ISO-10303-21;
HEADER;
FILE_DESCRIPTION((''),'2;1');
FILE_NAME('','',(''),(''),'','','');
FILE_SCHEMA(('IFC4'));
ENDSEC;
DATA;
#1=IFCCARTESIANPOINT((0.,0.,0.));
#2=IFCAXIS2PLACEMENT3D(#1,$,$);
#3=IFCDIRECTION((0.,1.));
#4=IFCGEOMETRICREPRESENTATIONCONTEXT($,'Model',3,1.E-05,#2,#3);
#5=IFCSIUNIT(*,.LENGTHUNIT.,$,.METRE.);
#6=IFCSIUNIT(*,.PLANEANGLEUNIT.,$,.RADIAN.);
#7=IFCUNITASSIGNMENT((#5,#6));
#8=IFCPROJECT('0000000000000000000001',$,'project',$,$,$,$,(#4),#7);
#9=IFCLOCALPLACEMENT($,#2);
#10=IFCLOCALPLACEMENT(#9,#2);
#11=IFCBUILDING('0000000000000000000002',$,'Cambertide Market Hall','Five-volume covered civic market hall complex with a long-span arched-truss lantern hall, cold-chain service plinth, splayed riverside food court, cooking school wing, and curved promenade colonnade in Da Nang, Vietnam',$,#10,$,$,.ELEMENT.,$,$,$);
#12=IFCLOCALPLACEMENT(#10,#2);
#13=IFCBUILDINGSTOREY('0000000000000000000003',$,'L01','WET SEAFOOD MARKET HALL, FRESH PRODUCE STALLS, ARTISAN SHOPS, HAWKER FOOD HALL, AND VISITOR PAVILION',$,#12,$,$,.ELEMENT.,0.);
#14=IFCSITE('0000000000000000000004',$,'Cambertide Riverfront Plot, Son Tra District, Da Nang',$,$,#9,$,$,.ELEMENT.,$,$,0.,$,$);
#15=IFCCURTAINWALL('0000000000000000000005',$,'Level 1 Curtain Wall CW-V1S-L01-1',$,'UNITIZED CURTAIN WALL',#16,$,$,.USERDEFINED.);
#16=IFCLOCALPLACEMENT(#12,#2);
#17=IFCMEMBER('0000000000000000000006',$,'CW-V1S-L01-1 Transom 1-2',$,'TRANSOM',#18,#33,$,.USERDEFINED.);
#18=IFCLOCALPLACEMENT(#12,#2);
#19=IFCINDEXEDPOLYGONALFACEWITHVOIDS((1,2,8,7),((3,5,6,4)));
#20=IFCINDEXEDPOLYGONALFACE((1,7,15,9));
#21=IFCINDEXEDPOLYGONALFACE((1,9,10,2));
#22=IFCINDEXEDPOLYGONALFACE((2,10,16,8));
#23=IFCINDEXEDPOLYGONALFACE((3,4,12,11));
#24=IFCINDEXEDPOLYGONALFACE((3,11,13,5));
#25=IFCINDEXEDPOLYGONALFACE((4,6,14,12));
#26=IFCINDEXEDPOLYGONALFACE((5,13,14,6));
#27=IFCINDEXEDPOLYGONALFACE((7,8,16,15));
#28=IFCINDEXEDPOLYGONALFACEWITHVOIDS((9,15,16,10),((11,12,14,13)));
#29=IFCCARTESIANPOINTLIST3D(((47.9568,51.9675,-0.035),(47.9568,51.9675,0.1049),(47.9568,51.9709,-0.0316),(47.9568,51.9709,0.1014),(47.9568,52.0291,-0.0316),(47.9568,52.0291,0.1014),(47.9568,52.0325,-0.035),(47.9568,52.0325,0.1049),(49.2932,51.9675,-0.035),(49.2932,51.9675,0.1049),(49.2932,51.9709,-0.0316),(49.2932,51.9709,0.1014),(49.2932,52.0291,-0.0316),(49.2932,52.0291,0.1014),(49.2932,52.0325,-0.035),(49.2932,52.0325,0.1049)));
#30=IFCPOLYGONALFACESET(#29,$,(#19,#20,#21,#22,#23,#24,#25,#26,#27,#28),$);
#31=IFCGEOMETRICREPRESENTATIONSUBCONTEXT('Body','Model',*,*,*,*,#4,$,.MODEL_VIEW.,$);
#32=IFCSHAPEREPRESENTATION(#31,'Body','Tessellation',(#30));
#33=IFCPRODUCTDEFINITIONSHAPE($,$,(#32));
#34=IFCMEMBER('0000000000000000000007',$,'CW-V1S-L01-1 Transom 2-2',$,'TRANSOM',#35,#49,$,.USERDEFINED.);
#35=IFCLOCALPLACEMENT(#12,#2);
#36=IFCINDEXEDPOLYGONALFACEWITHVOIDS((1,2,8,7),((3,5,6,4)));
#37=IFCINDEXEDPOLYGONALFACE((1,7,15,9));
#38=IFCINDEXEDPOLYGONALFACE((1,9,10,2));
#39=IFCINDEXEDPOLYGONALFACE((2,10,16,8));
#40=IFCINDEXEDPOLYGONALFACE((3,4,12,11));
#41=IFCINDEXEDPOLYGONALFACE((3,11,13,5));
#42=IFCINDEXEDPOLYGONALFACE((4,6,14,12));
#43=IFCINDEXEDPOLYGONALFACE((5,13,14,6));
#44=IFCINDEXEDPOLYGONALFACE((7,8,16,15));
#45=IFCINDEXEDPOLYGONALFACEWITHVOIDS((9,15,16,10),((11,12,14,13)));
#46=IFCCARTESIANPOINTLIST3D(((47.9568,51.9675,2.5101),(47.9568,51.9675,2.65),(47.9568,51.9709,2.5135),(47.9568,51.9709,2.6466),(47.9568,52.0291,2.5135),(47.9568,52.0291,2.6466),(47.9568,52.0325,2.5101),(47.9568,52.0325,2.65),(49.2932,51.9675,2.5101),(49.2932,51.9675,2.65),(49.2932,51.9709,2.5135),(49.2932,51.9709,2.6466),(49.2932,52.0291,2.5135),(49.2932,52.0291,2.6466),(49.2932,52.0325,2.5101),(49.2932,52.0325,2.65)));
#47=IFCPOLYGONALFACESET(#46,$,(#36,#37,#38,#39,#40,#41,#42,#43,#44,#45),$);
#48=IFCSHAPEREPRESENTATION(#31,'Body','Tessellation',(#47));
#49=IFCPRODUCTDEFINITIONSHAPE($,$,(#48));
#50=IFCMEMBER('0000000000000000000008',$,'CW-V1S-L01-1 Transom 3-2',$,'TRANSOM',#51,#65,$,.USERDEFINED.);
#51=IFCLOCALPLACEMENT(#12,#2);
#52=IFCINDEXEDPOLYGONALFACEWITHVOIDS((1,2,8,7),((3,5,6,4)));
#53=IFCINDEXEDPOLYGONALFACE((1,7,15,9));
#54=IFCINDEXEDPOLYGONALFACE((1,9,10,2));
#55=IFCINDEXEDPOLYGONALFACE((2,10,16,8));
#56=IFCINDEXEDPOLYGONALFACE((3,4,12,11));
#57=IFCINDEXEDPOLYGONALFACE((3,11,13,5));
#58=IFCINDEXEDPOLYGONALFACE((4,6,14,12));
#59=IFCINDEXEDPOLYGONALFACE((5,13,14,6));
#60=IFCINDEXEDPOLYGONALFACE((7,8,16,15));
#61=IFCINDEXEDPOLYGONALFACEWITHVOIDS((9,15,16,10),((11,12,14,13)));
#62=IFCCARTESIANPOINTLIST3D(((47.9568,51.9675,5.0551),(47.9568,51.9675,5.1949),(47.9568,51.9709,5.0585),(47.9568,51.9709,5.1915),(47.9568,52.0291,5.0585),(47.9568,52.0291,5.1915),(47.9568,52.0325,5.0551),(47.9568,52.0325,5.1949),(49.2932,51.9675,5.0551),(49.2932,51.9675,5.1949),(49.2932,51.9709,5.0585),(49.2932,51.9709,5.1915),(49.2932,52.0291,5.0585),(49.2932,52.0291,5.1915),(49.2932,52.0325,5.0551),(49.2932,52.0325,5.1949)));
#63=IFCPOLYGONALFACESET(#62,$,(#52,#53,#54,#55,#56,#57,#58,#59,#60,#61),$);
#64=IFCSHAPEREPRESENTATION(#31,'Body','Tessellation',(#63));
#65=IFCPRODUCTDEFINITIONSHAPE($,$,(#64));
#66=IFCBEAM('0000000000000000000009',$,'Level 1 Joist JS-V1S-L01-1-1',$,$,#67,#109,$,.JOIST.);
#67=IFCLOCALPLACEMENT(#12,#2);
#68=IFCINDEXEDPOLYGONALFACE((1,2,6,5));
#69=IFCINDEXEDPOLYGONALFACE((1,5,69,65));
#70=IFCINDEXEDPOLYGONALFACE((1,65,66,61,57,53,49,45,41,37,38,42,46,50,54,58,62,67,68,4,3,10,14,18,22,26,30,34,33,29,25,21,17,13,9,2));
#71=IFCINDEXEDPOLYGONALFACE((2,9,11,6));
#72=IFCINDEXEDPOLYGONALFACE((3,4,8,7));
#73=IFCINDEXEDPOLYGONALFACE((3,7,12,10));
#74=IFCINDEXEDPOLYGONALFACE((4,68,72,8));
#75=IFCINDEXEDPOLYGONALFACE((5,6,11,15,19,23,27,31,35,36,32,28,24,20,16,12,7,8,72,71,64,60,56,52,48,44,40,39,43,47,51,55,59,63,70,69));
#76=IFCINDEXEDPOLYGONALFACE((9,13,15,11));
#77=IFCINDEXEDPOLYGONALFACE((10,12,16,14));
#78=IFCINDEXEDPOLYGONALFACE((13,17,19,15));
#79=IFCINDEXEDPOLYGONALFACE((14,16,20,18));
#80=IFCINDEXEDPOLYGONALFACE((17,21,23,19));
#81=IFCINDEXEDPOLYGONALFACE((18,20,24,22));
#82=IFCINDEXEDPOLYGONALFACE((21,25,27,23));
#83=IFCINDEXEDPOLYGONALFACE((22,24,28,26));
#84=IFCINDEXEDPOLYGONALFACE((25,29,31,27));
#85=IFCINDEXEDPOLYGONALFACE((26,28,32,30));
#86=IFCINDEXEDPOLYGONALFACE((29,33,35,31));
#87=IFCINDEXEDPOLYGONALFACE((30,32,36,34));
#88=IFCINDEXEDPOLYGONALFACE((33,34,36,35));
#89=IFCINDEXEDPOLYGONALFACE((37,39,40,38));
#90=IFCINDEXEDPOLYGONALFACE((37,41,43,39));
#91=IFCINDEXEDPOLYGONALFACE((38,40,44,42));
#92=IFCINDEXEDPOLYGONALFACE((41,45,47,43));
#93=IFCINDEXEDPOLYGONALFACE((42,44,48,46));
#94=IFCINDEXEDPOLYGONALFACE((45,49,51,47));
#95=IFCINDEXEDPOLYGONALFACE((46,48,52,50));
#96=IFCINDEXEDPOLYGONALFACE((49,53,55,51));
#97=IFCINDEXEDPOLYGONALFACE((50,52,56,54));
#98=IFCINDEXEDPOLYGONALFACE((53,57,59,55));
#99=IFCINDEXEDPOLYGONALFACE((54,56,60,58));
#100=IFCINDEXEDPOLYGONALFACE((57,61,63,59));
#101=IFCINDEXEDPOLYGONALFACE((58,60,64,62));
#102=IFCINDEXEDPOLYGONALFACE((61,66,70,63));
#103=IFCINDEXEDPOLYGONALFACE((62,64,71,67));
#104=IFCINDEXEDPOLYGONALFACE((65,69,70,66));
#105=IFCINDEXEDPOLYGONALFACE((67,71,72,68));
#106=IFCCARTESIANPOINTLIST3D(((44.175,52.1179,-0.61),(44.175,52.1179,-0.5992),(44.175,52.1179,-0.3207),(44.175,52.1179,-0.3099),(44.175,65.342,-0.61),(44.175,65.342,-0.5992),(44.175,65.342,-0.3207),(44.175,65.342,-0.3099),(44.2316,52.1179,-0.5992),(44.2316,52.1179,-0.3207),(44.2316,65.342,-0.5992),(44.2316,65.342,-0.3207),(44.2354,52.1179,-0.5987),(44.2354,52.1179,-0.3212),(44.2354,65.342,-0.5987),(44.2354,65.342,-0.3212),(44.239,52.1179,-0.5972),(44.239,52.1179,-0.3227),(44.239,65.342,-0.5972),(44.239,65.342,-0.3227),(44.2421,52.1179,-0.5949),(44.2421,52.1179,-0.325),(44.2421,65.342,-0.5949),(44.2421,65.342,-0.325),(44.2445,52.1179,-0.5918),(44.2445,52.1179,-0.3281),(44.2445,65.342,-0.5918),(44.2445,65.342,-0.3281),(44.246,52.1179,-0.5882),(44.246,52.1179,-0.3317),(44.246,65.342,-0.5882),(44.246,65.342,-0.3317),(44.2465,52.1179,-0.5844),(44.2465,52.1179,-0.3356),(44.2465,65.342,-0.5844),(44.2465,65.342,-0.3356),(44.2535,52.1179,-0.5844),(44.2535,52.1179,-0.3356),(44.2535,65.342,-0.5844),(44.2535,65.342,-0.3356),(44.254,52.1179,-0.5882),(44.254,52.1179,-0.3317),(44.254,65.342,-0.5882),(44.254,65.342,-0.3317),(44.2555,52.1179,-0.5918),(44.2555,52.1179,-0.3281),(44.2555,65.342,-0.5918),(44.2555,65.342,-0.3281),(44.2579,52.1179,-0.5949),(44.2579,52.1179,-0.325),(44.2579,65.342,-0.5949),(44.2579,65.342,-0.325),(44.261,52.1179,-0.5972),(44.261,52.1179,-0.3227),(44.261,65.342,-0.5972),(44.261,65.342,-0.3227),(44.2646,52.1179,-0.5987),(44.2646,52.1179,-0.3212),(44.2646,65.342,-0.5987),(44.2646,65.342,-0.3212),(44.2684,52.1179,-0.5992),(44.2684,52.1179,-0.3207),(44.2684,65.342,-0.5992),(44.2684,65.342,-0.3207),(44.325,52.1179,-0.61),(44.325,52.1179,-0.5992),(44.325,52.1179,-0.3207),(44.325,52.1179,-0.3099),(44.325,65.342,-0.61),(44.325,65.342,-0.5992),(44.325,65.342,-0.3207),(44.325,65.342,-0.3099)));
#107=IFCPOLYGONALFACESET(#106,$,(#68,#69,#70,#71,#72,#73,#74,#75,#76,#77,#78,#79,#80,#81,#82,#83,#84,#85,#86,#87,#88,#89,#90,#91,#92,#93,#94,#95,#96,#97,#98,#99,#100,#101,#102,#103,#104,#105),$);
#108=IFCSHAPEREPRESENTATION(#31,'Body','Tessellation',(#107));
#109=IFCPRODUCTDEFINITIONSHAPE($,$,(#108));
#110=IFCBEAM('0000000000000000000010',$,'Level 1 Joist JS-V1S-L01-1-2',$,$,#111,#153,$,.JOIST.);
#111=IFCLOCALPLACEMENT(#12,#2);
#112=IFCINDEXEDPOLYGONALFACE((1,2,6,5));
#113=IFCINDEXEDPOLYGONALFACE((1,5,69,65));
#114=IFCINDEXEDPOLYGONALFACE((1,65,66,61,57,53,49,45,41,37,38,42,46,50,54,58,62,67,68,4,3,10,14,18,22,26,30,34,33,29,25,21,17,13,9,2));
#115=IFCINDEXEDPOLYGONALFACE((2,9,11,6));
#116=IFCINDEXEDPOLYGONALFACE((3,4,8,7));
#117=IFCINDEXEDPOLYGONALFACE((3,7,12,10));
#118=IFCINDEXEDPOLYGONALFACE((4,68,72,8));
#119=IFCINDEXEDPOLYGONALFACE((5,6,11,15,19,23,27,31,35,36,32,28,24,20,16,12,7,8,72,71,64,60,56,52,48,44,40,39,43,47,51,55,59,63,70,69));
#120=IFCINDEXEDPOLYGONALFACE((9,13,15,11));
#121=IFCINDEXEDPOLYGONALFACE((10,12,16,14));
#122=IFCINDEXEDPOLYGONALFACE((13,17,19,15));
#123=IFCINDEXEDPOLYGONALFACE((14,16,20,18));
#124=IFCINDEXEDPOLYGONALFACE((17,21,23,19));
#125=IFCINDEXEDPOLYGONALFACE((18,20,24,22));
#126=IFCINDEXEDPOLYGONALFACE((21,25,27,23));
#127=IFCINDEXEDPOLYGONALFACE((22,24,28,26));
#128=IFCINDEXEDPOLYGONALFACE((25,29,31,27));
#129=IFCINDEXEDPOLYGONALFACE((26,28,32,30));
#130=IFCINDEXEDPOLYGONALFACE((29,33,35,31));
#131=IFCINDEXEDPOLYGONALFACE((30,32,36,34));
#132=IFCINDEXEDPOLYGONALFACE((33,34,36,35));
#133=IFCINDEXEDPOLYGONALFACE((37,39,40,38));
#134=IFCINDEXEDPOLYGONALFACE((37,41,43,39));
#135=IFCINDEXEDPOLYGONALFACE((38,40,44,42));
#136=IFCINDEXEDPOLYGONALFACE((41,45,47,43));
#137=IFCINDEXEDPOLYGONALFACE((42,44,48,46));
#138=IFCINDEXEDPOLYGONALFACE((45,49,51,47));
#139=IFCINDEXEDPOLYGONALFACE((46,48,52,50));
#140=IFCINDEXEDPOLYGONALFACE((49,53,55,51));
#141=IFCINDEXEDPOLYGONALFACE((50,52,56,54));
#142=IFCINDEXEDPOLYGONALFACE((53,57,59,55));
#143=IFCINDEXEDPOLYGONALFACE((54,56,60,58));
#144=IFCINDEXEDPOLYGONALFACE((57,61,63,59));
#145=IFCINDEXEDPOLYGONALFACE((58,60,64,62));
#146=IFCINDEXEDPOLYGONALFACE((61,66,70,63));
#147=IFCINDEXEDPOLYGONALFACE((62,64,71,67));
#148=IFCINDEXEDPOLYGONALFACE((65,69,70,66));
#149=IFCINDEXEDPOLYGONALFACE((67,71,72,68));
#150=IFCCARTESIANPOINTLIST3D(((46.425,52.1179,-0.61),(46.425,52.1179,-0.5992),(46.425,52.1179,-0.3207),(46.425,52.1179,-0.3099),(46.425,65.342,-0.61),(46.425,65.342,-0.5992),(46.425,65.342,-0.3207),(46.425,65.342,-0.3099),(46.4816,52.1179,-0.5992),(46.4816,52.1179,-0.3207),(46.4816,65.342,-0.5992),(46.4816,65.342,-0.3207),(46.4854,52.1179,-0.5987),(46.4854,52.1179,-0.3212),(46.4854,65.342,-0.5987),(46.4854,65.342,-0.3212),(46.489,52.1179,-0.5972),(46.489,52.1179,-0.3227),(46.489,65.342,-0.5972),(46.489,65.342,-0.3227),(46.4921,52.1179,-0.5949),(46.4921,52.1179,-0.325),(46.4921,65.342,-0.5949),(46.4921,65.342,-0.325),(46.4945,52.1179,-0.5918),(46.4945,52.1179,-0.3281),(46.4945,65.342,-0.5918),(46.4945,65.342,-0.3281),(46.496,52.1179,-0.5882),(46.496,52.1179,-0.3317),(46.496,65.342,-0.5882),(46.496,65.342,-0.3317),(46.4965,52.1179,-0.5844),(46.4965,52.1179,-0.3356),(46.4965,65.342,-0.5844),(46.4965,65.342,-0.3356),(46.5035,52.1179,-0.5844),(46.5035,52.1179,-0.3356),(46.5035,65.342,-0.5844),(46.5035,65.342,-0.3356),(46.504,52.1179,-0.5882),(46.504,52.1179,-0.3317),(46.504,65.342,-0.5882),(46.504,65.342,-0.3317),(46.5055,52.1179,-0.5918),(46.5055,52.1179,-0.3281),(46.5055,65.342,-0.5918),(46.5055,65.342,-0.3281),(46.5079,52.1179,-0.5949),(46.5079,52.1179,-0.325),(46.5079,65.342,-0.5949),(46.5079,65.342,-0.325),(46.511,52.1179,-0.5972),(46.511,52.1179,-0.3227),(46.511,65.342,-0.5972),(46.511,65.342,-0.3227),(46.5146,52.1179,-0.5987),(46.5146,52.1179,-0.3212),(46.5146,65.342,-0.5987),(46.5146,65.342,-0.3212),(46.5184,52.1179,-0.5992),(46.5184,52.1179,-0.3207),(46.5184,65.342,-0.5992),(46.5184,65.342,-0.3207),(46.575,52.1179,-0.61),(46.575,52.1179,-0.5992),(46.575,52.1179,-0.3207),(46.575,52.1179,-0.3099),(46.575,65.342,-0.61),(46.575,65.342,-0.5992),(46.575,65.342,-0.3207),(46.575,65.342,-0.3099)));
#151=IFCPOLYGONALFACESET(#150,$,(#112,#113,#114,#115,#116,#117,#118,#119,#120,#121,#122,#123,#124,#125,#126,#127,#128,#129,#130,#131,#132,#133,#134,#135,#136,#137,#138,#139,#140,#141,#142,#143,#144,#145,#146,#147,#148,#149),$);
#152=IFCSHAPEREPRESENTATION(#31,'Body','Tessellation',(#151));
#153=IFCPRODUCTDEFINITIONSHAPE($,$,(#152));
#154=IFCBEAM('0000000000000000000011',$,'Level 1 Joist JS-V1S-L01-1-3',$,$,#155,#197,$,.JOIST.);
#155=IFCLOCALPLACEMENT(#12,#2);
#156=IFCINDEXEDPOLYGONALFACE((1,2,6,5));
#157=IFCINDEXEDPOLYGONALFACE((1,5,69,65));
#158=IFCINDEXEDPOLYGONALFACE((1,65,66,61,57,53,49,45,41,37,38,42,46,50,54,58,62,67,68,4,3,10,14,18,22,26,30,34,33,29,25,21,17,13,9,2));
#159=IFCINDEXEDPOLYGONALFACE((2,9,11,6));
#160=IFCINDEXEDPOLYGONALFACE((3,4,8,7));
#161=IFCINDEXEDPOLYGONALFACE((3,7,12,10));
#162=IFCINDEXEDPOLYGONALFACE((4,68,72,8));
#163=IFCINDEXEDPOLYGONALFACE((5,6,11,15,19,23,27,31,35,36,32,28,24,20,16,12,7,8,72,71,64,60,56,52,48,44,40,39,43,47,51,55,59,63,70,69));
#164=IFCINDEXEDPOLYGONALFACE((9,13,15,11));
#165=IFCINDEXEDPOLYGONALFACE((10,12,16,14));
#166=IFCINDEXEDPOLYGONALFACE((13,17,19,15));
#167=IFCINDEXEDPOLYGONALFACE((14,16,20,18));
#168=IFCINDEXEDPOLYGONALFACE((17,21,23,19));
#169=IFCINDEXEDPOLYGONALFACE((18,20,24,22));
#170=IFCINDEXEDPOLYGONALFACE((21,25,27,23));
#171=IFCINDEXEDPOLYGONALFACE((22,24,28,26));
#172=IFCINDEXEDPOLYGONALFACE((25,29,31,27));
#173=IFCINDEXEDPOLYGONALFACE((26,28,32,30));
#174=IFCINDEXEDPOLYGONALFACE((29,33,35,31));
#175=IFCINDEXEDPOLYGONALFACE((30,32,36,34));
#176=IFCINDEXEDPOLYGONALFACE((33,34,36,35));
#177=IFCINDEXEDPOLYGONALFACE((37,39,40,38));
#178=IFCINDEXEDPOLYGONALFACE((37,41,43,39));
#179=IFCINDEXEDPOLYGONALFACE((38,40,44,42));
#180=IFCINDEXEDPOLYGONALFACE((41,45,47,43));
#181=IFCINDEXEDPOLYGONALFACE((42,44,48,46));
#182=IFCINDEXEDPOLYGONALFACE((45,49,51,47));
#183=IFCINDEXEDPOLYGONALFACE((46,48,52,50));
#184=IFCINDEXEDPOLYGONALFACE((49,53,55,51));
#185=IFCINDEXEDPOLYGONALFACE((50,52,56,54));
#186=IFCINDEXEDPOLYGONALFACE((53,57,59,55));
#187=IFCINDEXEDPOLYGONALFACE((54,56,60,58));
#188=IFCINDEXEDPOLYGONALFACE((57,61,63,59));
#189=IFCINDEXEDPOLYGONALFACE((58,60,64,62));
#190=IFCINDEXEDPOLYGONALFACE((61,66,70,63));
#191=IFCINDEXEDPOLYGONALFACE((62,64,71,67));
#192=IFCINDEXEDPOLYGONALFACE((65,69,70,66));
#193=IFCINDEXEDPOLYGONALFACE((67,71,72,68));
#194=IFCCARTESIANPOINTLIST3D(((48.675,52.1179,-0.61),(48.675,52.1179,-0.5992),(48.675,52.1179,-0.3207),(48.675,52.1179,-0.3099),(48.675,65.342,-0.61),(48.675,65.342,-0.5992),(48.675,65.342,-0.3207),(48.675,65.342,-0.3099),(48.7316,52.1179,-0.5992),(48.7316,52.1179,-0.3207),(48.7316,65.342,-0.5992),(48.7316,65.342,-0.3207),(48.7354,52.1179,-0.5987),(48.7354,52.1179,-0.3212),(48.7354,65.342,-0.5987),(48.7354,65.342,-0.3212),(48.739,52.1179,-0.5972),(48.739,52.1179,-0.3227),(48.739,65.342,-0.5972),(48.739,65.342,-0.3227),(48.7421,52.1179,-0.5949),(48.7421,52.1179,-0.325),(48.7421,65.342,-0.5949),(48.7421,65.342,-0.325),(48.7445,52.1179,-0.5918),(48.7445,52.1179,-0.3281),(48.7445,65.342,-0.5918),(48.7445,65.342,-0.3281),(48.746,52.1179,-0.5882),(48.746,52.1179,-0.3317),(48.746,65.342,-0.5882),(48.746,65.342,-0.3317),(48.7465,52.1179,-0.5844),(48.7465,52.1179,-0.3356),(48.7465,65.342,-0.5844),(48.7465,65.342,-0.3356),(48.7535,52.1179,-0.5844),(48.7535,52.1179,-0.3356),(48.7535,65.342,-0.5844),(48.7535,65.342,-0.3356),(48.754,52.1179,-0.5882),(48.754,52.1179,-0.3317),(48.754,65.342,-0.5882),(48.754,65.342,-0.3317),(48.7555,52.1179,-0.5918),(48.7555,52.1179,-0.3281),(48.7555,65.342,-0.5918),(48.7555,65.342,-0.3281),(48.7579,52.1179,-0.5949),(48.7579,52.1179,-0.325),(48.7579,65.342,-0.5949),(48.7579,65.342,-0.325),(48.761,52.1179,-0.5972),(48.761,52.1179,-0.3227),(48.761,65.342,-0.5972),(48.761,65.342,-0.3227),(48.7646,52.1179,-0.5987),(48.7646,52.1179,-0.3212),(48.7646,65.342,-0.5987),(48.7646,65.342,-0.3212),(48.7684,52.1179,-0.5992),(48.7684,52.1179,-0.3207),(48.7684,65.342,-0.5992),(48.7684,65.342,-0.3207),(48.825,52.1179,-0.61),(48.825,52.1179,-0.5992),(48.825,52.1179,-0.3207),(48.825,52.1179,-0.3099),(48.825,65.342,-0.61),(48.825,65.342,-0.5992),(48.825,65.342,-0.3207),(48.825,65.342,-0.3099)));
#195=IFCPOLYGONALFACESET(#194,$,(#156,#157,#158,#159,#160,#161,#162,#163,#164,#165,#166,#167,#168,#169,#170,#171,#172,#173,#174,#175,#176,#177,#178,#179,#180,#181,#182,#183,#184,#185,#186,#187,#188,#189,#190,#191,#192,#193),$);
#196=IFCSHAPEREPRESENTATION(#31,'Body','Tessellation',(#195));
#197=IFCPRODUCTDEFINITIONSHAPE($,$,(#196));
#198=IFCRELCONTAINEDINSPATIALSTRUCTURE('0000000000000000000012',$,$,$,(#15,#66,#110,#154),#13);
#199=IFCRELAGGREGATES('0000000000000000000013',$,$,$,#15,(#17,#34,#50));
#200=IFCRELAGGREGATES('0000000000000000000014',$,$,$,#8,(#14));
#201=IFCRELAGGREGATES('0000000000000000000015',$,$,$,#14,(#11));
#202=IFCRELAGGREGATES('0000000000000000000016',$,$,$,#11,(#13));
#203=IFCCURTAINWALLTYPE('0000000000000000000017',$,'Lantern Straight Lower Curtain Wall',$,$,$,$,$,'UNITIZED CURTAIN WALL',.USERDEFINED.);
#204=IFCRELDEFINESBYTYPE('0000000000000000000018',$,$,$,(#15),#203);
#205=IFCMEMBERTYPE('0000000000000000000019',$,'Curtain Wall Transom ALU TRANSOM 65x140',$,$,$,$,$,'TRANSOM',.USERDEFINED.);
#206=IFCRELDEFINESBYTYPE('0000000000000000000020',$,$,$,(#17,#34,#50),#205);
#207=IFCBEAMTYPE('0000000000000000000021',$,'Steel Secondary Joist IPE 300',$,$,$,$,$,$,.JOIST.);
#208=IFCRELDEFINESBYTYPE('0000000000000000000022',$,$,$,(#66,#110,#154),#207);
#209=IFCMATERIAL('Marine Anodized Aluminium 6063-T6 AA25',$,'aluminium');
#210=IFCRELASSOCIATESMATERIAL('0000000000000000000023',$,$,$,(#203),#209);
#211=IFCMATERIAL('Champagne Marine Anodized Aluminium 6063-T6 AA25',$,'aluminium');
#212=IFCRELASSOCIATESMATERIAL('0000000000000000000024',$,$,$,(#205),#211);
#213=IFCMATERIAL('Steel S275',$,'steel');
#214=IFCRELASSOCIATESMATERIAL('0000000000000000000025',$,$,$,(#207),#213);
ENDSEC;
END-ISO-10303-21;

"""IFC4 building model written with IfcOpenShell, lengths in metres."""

from ifc_helpers import new_model, si_unit, direction, frame, origin, origin_2d, place, context, subcontext, project, spatial, hollow_rectangle, i_section, extrude, material, material_profile, profile_set, type_object, element, aggregate, save


model = new_model("IFC4")

# Units and contexts
model_context = context("Model", 3, precision=1e-05, world=origin(), true_north=direction((0.0, 1.0)))
body_context = subcontext(model_context, "Body", "Model", "MODEL_VIEW")
ifc_project = project(units=[si_unit("LENGTHUNIT", "METRE"), si_unit("PLANEANGLEUNIT", "RADIAN")], contexts=[model_context])

# Site, building, storey
site_placement = place(None, origin())
site = spatial("IfcSite", under=ifc_project, at=site_placement, Name="Cambertide Riverfront Plot, Son Tra District, Da Nang", CompositionType="ELEMENT", RefElevation=0.0)
building_placement = place(site_placement, origin())
building = spatial("IfcBuilding", under=site, at=building_placement, Name="Cambertide Market Hall", Description="Five-volume covered civic market hall complex with a long-span arched-truss lantern hall, cold-chain service plinth, splayed riverside food court, cooking school wing, and curved promenade colonnade in Da Nang, Vietnam", CompositionType="ELEMENT")
storey_placement = place(building_placement, origin())
storey = spatial("IfcBuildingStorey", under=building, at=storey_placement, Name="L01", Description="WET SEAFOOD MARKET HALL, FRESH PRODUCE STALLS, ARTISAN SHOPS, HAWKER FOOD HALL, AND VISITOR PAVILION", CompositionType="ELEMENT", Elevation=0.0)

# Curtain wall
ifc_material_1 = material(Name="Marine Anodized Aluminium 6063-T6 AA25", Category="aluminium")
curtain_wall_type_1 = type_object("IfcCurtainWallType", Name="Lantern Straight Lower Curtain Wall", ElementType="UNITIZED CURTAIN WALL", PredefinedType="USERDEFINED", material=ifc_material_1)
curtain_wall_1_placement = place(storey_placement, origin())
curtain_wall_1 = element("IfcCurtainWall", 1, at=curtain_wall_1_placement, inside=storey, type_object=curtain_wall_type_1, Name="Level 1 Curtain Wall CW-V1S-L01-1", ObjectType="UNITIZED CURTAIN WALL", PredefinedType="USERDEFINED")

# Members
ifc_material_2 = material(Name="Champagne Marine Anodized Aluminium 6063-T6 AA25", Category="aluminium")
ifc_material_profile_1 = material_profile(ifc_material_2, hollow_rectangle(XDim=0.0649, YDim=0.1399, WallThickness=0.0034, at=origin_2d()), Name="ALU TRANSOM 65x140")
ifc_profile_set_1 = profile_set([ifc_material_profile_1], Name="Champagne Marine Anodized Aluminium 6063-T6 AA25")
member_type_1 = type_object("IfcMemberType", Name="Curtain Wall Transom ALU TRANSOM 65x140", ElementType="TRANSOM", PredefinedType="USERDEFINED", material=ifc_profile_set_1)
member_1_placement = place(storey_placement, frame((49.2932, 52.0, 0.0349), z_axis=(-1.0, 0.0, 0.0), x_axis=(0.0, -1.0, 0.0)))
member_1 = element("IfcMember", 2, at=member_1_placement, type_object=member_type_1, Name="CW-V1S-L01-1 Transom 1-2", ObjectType="TRANSOM", PredefinedType="USERDEFINED", context=body_context, shape_type="SweptSolid", body=[
    extrude(hollow_rectangle(XDim=0.0649, YDim=0.1399, WallThickness=0.0034, at=origin_2d()), origin(), (0.0, 0.0, 1.0), 1.3364),
])
member_2_placement = place(storey_placement, frame((49.2932, 52.0, 2.5801), z_axis=(-1.0, 0.0, 0.0), x_axis=(0.0, -1.0, 0.0)))
member_2 = element("IfcMember", 3, at=member_2_placement, type_object=member_type_1, Name="CW-V1S-L01-1 Transom 2-2", ObjectType="TRANSOM", PredefinedType="USERDEFINED", context=body_context, shape_type="SweptSolid", body=[
    extrude(hollow_rectangle(XDim=0.0649, YDim=0.1399, WallThickness=0.0034, at=origin_2d()), origin(), (0.0, 0.0, 1.0), 1.3364),
])
member_3_placement = place(storey_placement, frame((49.2932, 52.0, 5.125), z_axis=(-1.0, 0.0, 0.0), x_axis=(0.0, -1.0, 0.0)))
member_3 = element("IfcMember", 4, at=member_3_placement, type_object=member_type_1, Name="CW-V1S-L01-1 Transom 3-2", ObjectType="TRANSOM", PredefinedType="USERDEFINED", context=body_context, shape_type="SweptSolid", body=[
    extrude(hollow_rectangle(XDim=0.0649, YDim=0.1399, WallThickness=0.0034, at=origin_2d()), origin(), (0.0, 0.0, 1.0), 1.3364),
])

# Beams
ifc_material_3 = material(Name="Steel S275", Category="steel")
ifc_material_profile_2 = material_profile(ifc_material_3, i_section(OverallWidth=0.1499, OverallDepth=0.3, WebThickness=0.0071, FlangeThickness=0.0107, FilletRadius=0.0149, at=origin_2d()), Name="IPE 300")
ifc_profile_set_2 = profile_set([ifc_material_profile_2], Name="Steel S275")
beam_type = type_object("IfcBeamType", Name="Steel Secondary Joist IPE 300", PredefinedType="JOIST", material=ifc_profile_set_2)
for number, where, z_axis, x_axis, name in (
    (5, (44.25, 52.1179, -0.46), (0.0, 1.0, 0.0), (-1.0, 0.0, 0.0), "Level 1 Joist JS-V1S-L01-1-1"),
    (6, (46.5, 52.1179, -0.46), (0.0, 1.0, 0.0), (-1.0, 0.0, 0.0), "Level 1 Joist JS-V1S-L01-1-2"),
    (7, (48.75, 52.1179, -0.46), (0.0, 1.0, 0.0), (-1.0, 0.0, 0.0), "Level 1 Joist JS-V1S-L01-1-3"),
):
    element("IfcBeam", number, at=place(storey_placement, frame(where, z_axis=z_axis, x_axis=x_axis)), inside=storey, type_object=beam_type, Name=name, PredefinedType="JOIST", context=body_context, shape_type="SweptSolid", body=[
        extrude(i_section(OverallWidth=0.1499, OverallDepth=0.3, WebThickness=0.0071, FlangeThickness=0.0107, FilletRadius=0.0149, at=origin_2d()), origin(), (0.0, 0.0, 1.0), 13.2241),
    ])

aggregate(curtain_wall_1, [member_1, member_2, member_3])

save(model, "model.ifc")
